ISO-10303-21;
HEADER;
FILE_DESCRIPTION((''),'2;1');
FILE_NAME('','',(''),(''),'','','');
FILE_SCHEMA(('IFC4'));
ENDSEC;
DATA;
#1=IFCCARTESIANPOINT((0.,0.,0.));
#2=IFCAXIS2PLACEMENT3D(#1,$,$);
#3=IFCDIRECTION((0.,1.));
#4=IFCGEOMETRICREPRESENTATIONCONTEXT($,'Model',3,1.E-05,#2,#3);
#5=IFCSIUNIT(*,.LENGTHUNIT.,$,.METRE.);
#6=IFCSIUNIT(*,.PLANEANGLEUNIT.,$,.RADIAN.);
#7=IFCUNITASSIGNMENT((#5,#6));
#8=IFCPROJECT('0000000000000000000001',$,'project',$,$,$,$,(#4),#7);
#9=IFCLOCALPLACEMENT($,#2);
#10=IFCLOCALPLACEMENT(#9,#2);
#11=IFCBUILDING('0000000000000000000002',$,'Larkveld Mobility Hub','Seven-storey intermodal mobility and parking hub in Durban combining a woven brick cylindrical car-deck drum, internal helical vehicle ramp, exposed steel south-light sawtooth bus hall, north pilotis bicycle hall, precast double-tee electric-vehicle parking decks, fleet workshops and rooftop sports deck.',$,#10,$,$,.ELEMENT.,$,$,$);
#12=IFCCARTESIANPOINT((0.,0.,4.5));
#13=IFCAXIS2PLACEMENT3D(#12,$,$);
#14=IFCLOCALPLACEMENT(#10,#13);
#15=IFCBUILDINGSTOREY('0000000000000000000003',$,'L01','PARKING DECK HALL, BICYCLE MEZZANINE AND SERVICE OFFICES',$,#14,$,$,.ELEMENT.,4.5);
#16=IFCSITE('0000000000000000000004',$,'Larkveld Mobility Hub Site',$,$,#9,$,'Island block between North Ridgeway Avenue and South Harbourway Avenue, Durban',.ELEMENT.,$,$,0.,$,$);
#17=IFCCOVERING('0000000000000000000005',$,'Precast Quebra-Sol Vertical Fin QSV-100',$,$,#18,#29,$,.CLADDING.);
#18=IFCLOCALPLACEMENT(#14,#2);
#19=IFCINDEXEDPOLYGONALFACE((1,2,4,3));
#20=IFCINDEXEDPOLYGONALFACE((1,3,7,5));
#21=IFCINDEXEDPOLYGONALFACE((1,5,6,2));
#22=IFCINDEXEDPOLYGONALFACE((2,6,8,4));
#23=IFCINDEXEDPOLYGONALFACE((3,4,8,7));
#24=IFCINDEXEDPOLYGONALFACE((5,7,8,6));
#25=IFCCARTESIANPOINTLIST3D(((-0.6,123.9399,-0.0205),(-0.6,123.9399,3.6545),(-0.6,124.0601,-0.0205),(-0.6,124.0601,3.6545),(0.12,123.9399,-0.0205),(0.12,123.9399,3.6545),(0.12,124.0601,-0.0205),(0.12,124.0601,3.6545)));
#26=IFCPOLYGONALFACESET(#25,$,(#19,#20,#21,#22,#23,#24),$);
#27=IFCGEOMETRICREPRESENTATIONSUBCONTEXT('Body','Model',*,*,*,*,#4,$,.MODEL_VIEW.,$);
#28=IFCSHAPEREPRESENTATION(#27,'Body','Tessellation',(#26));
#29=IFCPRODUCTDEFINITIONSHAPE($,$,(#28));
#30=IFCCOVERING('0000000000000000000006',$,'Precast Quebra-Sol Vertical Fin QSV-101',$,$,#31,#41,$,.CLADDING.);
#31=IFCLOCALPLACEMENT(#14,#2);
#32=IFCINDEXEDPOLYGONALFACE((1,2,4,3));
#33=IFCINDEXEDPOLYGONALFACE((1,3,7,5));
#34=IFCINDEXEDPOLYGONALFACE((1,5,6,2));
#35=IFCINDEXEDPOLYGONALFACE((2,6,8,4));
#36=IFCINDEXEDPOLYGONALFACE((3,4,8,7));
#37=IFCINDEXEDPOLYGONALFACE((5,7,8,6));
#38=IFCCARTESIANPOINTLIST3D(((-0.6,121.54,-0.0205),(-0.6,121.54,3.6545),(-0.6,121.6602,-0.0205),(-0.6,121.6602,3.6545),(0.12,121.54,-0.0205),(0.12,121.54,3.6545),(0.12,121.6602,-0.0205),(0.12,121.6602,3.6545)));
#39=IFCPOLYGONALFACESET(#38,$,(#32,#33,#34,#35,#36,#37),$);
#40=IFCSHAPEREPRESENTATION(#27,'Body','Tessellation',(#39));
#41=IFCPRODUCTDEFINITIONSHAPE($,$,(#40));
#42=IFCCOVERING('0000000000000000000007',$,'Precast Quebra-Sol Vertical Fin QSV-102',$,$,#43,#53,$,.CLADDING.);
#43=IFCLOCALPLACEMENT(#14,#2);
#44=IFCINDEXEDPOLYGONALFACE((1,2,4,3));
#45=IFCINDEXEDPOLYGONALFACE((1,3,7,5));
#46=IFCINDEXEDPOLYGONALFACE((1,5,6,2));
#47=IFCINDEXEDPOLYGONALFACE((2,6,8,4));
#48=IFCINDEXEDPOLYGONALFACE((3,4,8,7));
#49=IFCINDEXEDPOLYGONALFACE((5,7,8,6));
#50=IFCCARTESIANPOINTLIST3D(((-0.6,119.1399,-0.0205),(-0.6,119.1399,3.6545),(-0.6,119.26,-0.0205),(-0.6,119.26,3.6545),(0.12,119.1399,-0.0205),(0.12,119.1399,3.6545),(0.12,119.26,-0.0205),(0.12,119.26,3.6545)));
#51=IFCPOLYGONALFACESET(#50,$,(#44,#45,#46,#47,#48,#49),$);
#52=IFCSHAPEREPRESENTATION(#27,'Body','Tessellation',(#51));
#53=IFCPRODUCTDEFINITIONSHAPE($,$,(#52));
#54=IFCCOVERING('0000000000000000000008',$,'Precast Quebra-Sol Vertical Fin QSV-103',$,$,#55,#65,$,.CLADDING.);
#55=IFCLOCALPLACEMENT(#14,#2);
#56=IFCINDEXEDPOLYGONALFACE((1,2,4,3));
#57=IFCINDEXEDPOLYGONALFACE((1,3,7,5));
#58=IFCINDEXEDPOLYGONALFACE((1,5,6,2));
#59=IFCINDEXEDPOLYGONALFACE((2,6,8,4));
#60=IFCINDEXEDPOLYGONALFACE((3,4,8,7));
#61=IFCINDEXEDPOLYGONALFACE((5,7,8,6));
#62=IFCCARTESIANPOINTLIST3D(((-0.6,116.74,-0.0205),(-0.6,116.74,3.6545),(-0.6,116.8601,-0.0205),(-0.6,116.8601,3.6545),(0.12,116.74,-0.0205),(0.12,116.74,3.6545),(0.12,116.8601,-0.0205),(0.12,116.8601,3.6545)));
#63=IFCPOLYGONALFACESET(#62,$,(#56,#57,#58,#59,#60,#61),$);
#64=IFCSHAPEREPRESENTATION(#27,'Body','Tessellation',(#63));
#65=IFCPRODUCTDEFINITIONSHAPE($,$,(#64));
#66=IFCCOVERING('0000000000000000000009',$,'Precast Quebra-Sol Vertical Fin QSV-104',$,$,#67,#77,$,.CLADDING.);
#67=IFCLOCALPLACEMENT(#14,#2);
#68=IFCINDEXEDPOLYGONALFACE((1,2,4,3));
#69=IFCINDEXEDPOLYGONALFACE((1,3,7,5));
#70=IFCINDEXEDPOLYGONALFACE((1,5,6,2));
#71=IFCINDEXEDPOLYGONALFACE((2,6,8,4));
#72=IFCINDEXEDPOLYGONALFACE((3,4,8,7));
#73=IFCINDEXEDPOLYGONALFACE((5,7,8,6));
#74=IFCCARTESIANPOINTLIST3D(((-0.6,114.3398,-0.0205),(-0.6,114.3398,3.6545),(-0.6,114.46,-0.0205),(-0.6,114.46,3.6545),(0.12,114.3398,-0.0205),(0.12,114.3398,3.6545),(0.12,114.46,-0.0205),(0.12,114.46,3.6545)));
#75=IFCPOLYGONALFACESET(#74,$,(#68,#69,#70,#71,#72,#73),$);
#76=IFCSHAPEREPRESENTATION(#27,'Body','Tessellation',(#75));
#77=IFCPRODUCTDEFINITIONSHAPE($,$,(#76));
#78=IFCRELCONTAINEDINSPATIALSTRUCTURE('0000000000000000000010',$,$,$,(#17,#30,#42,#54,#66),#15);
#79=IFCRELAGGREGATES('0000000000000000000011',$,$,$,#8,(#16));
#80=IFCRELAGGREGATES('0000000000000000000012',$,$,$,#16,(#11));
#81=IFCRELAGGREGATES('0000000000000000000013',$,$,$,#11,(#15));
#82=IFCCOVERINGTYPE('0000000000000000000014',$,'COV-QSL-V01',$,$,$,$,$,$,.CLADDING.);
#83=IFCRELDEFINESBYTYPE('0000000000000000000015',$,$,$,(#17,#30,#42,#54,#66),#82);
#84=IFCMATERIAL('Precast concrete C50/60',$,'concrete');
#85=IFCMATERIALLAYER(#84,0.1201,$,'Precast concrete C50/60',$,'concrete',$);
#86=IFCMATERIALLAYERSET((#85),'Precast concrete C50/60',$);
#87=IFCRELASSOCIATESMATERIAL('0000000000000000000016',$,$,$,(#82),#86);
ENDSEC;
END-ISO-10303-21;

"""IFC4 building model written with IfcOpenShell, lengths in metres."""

from ifc_helpers import new_model, si_unit, direction, frame, origin, origin_2d, place, context, subcontext, project, spatial, rectangle, extrude, material, layer, layer_set, type_object, element, save


model = new_model("IFC4")

# Units and contexts
model_context = context("Model", 3, precision=1e-05, world=origin(), true_north=direction((0.0, 1.0)))
body_context = subcontext(model_context, "Body", "Model", "MODEL_VIEW")
ifc_project = project(units=[si_unit("LENGTHUNIT", "METRE"), si_unit("PLANEANGLEUNIT", "RADIAN")], contexts=[model_context])

# Site, building, storey
site_placement = place(None, origin())
site = spatial("IfcSite", under=ifc_project, at=site_placement, Name="Larkveld Mobility Hub Site", LongName="Island block between North Ridgeway Avenue and South Harbourway Avenue, Durban", CompositionType="ELEMENT", RefElevation=0.0)
building_placement = place(site_placement, origin())
building = spatial("IfcBuilding", under=site, at=building_placement, Name="Larkveld Mobility Hub", Description="Seven-storey intermodal mobility and parking hub in Durban combining a woven brick cylindrical car-deck drum, internal helical vehicle ramp, exposed steel south-light sawtooth bus hall, north pilotis bicycle hall, precast double-tee electric-vehicle parking decks, fleet workshops and rooftop sports deck.", CompositionType="ELEMENT")
storey_placement = place(building_placement, frame((0.0, 0.0, 4.5)))
storey = spatial("IfcBuildingStorey", under=building, at=storey_placement, Name="L01", Description="PARKING DECK HALL, BICYCLE MEZZANINE AND SERVICE OFFICES", CompositionType="ELEMENT", Elevation=4.5)

# Shared definitions
ifc_material_1 = material(Name="Precast concrete C50/60", Category="concrete")

# Coverings
ifc_layer_1 = layer(ifc_material_1, 0.1201, Name="Precast concrete C50/60", Category="concrete")
ifc_layer_set_1 = layer_set([ifc_layer_1], Name="Precast concrete C50/60")
covering_type = type_object("IfcCoveringType", Name="COV-QSL-V01", PredefinedType="CLADDING", material=ifc_layer_set_1)
for number, where, z_axis, x_axis, name in (
    (1, (-0.24, 124.0, -0.0205), (0.0, 0.0, 1.0), (0.0, -1.0, 0.0), "Precast Quebra-Sol Vertical Fin QSV-100"),
    (2, (-0.24, 121.6001, -0.0205), (0.0, 0.0, 1.0), (0.0, -1.0, 0.0), "Precast Quebra-Sol Vertical Fin QSV-101"),
    (3, (-0.24, 119.2, -0.0205), (0.0, 0.0, 1.0), (0.0, -1.0, 0.0), "Precast Quebra-Sol Vertical Fin QSV-102"),
    (4, (-0.24, 116.8, -0.0205), (0.0, 0.0, 1.0), (0.0, -1.0, 0.0), "Precast Quebra-Sol Vertical Fin QSV-103"),
    (5, (-0.24, 114.3999, -0.0205), (0.0, 0.0, 1.0), (0.0, -1.0, 0.0), "Precast Quebra-Sol Vertical Fin QSV-104"),
):
    element("IfcCovering", number, at=place(storey_placement, frame(where, z_axis=z_axis, x_axis=x_axis)), inside=storey, type_object=covering_type, Name=name, PredefinedType="CLADDING", context=body_context, shape_type="SweptSolid", body=[
        extrude(rectangle(XDim=0.1201, YDim=0.72, at=origin_2d()), origin(), (0.0, 0.0, 1.0), 3.675),
    ])

save(model, "model.ifc")
